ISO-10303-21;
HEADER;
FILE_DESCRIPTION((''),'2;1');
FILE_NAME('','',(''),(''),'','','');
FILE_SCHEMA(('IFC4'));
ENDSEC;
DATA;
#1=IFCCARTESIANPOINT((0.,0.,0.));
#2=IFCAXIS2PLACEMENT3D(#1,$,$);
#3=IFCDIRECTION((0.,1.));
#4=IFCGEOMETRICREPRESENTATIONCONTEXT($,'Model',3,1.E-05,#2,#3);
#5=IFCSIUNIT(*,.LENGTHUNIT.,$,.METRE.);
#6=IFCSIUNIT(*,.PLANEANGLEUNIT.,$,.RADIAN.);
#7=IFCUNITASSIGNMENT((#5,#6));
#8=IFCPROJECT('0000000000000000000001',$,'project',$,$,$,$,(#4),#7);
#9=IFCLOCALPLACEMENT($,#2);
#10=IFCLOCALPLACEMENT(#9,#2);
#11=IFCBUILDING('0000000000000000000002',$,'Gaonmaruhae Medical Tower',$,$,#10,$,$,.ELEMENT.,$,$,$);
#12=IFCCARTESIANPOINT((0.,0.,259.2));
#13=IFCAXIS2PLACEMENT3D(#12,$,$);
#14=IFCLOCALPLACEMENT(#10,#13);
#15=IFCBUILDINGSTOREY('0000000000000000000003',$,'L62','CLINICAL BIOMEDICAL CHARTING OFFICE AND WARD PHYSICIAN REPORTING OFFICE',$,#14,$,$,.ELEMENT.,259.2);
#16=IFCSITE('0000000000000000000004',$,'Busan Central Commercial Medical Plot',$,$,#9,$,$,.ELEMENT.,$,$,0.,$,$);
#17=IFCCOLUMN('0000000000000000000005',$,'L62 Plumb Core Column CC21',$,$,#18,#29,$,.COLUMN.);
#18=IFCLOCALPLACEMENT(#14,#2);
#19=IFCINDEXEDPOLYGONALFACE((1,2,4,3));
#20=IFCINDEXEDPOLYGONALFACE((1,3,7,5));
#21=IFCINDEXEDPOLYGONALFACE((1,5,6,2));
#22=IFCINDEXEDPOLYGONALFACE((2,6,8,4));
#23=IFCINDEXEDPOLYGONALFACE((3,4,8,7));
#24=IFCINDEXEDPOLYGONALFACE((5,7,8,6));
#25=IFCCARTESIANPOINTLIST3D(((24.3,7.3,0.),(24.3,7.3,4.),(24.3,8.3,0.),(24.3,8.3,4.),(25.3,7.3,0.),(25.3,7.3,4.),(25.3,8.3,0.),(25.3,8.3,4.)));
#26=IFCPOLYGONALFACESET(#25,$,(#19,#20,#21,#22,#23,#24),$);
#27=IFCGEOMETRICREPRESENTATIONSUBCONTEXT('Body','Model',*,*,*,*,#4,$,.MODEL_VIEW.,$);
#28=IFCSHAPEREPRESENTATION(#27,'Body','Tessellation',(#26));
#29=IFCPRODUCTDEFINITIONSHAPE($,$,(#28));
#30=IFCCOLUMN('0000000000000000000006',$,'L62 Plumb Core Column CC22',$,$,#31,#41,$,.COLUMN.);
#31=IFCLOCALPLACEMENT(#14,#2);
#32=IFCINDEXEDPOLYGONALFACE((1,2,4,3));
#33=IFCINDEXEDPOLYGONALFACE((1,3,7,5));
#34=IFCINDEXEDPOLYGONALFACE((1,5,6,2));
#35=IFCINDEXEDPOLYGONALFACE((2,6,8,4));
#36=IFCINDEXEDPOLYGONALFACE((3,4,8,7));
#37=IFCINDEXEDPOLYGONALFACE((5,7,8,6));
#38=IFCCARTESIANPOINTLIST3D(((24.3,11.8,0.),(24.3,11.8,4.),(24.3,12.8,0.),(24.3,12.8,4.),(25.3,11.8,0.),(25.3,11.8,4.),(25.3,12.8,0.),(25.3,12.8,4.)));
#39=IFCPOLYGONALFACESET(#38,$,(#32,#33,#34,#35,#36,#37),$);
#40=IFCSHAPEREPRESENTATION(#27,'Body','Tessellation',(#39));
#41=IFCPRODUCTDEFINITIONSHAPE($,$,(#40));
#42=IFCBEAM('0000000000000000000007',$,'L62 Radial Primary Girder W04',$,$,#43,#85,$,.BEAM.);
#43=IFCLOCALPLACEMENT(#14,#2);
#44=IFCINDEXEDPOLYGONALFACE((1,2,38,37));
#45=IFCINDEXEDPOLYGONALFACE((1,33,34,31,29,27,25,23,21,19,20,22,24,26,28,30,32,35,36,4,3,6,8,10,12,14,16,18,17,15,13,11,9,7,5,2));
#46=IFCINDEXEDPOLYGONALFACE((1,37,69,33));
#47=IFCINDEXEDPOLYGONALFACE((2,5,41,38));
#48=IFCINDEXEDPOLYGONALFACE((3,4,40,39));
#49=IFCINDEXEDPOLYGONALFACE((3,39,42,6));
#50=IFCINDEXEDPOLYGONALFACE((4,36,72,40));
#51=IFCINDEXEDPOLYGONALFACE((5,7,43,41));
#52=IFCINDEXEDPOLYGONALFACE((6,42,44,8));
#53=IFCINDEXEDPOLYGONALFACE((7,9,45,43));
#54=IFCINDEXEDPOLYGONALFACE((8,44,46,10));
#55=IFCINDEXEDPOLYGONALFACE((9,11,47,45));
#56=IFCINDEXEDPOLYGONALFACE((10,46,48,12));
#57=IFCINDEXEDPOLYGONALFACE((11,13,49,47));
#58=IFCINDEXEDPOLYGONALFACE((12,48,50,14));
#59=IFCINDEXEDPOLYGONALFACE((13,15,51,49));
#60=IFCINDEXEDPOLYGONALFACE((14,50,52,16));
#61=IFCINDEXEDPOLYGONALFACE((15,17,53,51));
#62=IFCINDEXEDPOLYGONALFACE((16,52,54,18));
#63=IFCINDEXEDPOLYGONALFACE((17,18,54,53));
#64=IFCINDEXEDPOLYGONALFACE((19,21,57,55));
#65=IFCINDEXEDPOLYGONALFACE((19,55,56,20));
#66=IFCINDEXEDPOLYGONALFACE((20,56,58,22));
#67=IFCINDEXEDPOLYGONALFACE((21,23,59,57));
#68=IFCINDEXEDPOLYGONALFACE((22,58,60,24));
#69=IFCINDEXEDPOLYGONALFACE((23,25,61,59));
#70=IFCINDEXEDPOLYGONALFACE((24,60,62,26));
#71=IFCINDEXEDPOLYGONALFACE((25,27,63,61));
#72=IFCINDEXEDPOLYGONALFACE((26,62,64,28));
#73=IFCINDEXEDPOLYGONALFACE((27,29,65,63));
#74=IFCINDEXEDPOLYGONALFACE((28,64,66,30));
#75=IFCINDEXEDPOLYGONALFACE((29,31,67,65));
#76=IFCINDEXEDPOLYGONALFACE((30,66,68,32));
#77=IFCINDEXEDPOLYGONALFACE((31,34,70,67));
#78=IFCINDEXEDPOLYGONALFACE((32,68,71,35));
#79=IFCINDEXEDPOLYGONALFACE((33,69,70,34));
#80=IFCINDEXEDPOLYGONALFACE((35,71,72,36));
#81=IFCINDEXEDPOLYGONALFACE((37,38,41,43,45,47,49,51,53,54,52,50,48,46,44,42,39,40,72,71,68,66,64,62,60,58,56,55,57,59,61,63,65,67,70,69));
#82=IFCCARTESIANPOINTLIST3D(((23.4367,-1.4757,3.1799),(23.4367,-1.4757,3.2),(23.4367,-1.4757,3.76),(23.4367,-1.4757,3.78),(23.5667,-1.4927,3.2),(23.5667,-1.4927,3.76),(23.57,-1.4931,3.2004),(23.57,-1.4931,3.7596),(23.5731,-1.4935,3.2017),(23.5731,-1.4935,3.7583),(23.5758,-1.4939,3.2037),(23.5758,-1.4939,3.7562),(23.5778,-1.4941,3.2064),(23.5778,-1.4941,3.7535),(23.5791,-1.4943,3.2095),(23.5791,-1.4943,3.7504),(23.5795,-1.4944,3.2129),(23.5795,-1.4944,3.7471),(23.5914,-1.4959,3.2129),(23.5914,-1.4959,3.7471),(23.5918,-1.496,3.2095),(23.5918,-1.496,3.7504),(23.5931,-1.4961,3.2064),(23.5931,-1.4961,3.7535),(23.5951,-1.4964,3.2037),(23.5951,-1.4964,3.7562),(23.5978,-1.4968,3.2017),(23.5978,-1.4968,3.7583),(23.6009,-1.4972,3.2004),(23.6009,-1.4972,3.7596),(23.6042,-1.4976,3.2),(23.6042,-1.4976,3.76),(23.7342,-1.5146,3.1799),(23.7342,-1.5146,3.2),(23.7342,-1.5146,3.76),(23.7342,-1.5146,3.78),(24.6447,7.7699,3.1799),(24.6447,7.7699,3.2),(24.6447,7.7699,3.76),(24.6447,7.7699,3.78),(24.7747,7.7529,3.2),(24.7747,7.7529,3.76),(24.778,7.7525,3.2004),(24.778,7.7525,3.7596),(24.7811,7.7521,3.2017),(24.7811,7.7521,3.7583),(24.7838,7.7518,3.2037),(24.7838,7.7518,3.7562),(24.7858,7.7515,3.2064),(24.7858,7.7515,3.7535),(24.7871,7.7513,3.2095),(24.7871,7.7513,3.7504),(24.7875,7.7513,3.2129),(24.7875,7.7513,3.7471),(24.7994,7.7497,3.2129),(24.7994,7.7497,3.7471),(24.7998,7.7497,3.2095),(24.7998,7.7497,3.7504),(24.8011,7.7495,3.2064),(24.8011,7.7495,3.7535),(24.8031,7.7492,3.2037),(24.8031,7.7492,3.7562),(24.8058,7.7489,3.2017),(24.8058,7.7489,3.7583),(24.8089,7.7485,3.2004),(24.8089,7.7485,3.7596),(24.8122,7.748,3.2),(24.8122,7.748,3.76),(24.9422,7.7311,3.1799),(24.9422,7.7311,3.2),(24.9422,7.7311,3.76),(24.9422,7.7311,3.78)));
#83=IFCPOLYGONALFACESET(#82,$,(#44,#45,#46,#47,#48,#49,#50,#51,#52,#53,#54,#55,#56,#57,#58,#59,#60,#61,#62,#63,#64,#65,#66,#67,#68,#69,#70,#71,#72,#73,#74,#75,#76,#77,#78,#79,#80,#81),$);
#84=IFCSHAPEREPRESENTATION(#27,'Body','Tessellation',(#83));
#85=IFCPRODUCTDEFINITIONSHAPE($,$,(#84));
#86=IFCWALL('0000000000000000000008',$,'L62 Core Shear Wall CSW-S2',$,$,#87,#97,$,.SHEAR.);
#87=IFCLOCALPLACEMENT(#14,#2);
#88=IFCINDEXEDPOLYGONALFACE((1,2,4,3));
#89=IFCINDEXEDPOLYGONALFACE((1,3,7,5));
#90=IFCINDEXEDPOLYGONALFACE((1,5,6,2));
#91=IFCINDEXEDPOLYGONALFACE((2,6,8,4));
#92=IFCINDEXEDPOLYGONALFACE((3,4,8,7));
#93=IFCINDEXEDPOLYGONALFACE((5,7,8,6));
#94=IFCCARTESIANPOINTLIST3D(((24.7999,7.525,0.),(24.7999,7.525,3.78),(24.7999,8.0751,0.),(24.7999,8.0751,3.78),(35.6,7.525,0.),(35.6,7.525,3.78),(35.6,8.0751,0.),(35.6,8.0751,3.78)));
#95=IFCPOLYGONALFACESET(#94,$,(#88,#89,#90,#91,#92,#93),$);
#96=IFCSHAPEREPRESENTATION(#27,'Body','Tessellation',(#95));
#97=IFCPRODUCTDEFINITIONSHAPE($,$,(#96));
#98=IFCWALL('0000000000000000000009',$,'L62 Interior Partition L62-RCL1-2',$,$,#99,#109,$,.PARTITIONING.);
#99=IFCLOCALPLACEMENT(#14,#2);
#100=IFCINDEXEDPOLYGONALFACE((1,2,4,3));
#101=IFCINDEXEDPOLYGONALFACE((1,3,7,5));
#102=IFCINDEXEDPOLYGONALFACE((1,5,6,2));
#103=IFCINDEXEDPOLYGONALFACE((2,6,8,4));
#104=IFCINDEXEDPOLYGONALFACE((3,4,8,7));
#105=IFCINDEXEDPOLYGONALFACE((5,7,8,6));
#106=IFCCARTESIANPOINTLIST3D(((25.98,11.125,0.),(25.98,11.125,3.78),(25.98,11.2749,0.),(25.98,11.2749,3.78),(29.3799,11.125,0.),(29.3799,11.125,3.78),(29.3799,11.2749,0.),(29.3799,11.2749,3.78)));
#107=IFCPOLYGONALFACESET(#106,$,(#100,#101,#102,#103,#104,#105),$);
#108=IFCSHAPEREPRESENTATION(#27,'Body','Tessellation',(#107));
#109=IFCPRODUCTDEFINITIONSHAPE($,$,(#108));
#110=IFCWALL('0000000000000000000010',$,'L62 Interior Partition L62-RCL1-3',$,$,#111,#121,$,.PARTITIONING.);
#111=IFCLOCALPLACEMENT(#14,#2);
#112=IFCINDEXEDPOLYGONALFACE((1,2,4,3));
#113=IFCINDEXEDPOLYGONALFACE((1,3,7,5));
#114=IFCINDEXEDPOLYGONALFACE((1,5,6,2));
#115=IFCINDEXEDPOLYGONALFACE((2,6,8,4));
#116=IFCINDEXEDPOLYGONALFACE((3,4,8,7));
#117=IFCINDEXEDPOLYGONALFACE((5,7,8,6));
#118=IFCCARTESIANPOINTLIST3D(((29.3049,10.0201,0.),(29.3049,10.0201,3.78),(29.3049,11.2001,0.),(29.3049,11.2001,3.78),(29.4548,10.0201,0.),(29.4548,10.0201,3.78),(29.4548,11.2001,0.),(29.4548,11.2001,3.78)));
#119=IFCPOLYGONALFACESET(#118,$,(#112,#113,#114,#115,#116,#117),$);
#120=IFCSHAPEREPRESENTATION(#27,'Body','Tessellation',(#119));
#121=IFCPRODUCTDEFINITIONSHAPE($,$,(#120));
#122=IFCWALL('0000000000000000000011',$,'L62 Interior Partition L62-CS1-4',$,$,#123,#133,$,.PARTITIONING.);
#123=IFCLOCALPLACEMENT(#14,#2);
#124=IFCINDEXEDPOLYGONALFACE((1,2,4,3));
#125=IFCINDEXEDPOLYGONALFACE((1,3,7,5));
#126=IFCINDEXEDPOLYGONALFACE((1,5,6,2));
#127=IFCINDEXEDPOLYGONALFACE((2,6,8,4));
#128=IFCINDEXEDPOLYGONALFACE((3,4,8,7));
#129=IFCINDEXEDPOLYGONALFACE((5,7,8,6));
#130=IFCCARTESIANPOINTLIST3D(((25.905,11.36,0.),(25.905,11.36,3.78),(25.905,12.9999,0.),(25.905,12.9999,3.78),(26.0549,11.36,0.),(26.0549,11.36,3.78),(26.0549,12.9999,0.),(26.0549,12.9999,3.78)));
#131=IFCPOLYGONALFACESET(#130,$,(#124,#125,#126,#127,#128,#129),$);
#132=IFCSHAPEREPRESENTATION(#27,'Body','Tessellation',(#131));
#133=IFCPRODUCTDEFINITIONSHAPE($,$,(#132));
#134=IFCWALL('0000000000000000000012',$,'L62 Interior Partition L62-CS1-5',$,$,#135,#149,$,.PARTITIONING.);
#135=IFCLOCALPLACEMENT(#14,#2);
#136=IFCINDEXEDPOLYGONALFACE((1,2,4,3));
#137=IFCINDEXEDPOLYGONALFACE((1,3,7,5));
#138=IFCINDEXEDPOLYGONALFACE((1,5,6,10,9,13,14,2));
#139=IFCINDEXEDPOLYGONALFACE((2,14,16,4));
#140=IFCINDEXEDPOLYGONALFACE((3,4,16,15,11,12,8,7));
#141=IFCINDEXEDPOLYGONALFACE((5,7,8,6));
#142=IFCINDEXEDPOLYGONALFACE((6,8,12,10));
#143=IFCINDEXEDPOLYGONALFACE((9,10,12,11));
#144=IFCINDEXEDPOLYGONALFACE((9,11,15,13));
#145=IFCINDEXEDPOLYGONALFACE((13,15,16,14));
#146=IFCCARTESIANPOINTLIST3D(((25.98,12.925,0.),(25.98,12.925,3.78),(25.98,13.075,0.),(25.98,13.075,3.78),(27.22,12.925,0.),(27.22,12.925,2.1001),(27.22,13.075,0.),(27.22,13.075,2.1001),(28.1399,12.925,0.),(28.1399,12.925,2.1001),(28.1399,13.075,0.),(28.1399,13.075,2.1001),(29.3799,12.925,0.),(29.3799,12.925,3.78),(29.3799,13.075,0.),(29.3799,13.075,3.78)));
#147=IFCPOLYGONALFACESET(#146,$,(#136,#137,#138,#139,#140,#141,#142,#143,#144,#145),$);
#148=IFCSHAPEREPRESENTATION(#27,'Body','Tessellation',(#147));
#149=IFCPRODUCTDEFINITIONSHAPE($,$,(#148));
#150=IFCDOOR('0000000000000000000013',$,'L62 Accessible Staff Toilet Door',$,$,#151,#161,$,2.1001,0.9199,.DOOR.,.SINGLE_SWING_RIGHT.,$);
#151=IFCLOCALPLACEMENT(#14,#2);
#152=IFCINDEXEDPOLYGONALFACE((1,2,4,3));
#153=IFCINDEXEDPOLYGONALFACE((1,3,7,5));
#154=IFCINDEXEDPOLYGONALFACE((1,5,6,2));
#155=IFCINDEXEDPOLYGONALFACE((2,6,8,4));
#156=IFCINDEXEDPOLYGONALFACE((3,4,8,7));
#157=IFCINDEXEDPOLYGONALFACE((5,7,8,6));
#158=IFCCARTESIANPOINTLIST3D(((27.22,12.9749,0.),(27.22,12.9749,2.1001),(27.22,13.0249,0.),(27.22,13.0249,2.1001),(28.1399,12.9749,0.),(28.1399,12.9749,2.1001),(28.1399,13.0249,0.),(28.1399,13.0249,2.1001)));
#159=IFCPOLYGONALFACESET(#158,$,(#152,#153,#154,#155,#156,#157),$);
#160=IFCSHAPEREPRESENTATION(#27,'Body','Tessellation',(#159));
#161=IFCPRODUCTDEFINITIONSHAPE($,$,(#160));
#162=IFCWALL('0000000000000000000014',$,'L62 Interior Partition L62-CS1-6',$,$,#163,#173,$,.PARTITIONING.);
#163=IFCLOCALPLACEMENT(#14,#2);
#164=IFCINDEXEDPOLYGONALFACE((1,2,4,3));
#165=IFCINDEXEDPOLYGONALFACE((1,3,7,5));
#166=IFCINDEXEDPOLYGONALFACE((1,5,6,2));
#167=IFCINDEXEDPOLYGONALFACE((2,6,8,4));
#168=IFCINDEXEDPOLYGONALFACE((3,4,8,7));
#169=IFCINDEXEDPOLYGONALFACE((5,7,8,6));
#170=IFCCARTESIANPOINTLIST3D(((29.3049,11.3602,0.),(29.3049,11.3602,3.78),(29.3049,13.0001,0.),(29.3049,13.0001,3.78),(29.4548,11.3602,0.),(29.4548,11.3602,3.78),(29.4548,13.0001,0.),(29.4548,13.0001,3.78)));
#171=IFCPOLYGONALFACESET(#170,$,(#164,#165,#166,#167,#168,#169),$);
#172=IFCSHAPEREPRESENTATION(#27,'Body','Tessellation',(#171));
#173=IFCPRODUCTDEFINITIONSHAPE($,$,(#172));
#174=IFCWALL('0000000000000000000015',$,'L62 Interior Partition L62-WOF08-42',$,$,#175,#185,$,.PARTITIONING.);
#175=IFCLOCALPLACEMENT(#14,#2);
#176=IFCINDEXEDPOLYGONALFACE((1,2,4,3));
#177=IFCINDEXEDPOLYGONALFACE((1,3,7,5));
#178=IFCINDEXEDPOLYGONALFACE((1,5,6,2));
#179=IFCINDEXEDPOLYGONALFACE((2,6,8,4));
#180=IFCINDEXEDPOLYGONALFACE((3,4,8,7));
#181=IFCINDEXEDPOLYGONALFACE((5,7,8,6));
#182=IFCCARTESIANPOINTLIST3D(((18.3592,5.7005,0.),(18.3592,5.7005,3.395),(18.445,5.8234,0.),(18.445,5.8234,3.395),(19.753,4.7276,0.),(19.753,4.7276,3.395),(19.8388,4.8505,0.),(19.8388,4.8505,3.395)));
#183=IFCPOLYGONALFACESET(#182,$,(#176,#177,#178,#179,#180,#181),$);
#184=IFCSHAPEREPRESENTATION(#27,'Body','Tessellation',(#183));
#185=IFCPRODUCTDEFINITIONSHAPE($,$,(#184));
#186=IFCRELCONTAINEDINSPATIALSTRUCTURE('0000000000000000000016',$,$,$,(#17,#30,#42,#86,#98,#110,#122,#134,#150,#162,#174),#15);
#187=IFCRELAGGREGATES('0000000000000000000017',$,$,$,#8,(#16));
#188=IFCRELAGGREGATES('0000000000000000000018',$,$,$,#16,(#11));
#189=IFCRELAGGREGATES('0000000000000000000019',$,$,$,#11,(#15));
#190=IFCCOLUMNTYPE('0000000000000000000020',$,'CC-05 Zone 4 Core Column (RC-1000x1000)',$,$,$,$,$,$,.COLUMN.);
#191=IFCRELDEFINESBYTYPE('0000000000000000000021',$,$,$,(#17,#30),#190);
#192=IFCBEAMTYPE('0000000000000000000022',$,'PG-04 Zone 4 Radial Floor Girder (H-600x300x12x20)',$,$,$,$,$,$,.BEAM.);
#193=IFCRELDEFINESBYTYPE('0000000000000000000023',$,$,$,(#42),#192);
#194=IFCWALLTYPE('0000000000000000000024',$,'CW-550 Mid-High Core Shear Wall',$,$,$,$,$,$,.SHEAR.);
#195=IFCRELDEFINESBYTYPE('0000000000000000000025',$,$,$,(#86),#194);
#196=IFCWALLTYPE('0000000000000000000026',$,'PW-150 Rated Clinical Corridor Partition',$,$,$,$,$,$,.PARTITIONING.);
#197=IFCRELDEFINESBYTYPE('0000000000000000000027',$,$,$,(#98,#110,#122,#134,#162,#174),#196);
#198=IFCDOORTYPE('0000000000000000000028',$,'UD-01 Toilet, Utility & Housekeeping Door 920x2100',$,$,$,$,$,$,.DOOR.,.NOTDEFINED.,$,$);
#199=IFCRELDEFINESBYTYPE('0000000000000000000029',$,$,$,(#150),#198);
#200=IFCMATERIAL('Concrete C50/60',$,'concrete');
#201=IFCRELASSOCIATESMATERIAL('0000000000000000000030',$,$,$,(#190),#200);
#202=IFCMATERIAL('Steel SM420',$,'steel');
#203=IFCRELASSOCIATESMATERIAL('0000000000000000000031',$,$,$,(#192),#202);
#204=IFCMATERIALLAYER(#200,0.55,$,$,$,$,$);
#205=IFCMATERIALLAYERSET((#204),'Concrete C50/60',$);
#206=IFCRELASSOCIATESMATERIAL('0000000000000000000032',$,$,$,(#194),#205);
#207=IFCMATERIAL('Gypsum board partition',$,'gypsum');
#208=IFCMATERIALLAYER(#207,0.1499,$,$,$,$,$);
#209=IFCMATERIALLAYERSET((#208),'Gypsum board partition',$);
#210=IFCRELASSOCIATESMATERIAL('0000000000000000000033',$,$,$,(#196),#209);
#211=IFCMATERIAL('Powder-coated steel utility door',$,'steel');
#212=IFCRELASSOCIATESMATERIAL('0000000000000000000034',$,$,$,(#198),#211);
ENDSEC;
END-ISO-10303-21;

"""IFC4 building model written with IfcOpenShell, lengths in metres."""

from ifc_helpers import new_model, si_unit, direction, frame, frame_2d, origin, origin_2d, place, context, subcontext, project, spatial, rectangle, i_section, extrude, material, layer, layer_set, material_profile, profile_set, type_object, element, fill, save


model = new_model("IFC4")

# Units and contexts
model_context = context("Model", 3, precision=1e-05, world=origin(), true_north=direction((0.0, 1.0)))
body_context = subcontext(model_context, "Body", "Model", "MODEL_VIEW")
ifc_project = project(units=[si_unit("LENGTHUNIT", "METRE"), si_unit("PLANEANGLEUNIT", "RADIAN")], contexts=[model_context])

# Site, building, storey
site_placement = place(None, origin())
site = spatial("IfcSite", under=ifc_project, at=site_placement, Name="Busan Central Commercial Medical Plot", CompositionType="ELEMENT", RefElevation=0.0)
building_placement = place(site_placement, origin())
building = spatial("IfcBuilding", under=site, at=building_placement, Name="Gaonmaruhae Medical Tower", CompositionType="ELEMENT")
storey_placement = place(building_placement, frame((0.0, 0.0, 259.2)))
storey = spatial("IfcBuildingStorey", under=building, at=storey_placement, Name="L62", Description="CLINICAL BIOMEDICAL CHARTING OFFICE AND WARD PHYSICIAN REPORTING OFFICE", CompositionType="ELEMENT", Elevation=259.2)

# Columns
ifc_material_1 = material(Name="Concrete C50/60", Category="concrete")
ifc_material_profile_1 = material_profile(ifc_material_1, rectangle(XDim=1.0, YDim=1.0, at=origin_2d()), Name="RC-1000x1000")
ifc_profile_set_1 = profile_set([ifc_material_profile_1], Name="Concrete C50/60")
column_type = type_object("IfcColumnType", Name="CC-05 Zone 4 Core Column (RC-1000x1000)", PredefinedType="COLUMN", material=ifc_profile_set_1)
for number, where, z_axis, x_axis, name in (
    (1, (24.8, 7.8, 0.0), (0.0, 0.0, 1.0), (1.0, 0.0, 0.0), "L62 Plumb Core Column CC21"),
    (2, (24.8, 12.3, 0.0), (0.0, 0.0, 1.0), (1.0, 0.0, 0.0), "L62 Plumb Core Column CC22"),
):
    element("IfcColumn", number, at=place(storey_placement, frame(where, z_axis=z_axis, x_axis=x_axis)), inside=storey, type_object=column_type, Name=name, PredefinedType="COLUMN", context=body_context, shape_type="SweptSolid", body=[
        extrude(rectangle(XDim=1.0, YDim=1.0, at=origin_2d()), origin(), (0.0, 0.0, 1.0), 4.0),
    ])

# Beam
ifc_material_2 = material(Name="Steel SM420", Category="steel")
ifc_material_profile_2 = material_profile(ifc_material_2, i_section(OverallWidth=0.3, OverallDepth=0.6001, WebThickness=0.012, FlangeThickness=0.02, FilletRadius=0.0129, at=origin_2d()), Name="H-600x300x12x20")
ifc_profile_set_2 = profile_set([ifc_material_profile_2], Name="Steel SM420")
beam_type = type_object("IfcBeamType", Name="PG-04 Zone 4 Radial Floor Girder (H-600x300x12x20)", PredefinedType="BEAM", material=ifc_profile_set_2)
beam_placement = place(storey_placement, frame((24.7935, 7.7505, 3.48), z_axis=(-0.129556, -0.991572, 0.0), x_axis=(0.991572, -0.129556, 0.0)))
element("IfcBeam", 3, at=beam_placement, inside=storey, type_object=beam_type, Name="L62 Radial Primary Girder W04", PredefinedType="BEAM", context=body_context, shape_type="SweptSolid", body=[
    extrude(i_section(OverallWidth=0.3, OverallDepth=0.6001, WebThickness=0.012, FlangeThickness=0.02, FilletRadius=0.0129, at=origin_2d()), origin(), (0.0, 0.0, 1.0), 9.3242),
])

# Wall
ifc_layer_1 = layer(ifc_material_1, 0.55)
ifc_layer_set_1 = layer_set([ifc_layer_1], Name="Concrete C50/60")
wall_type_1 = type_object("IfcWallType", Name="CW-550 Mid-High Core Shear Wall", PredefinedType="SHEAR", material=ifc_layer_set_1)
wall_1_placement = place(storey_placement, frame((24.8, 7.8, 0.0), z_axis=(0.0, 0.0, 1.0), x_axis=(1.0, 0.0, 0.0)))
element("IfcWall", 4, at=wall_1_placement, inside=storey, type_object=wall_type_1, Name="L62 Core Shear Wall CSW-S2", PredefinedType="SHEAR", context=body_context, shape_type="SweptSolid", body=[
    extrude(rectangle(XDim=10.8, YDim=0.55, at=frame_2d((5.3999, 0.0))), origin(), (0.0, 0.0, 1.0), 3.78),
])

# Shared definitions
ifc_material_3 = material(Name="Gypsum board partition", Category="gypsum")
ifc_layer_2 = layer(ifc_material_3, 0.1499)
ifc_layer_set_2 = layer_set([ifc_layer_2], Name="Gypsum board partition")
wall_type_2 = type_object("IfcWallType", Name="PW-150 Rated Clinical Corridor Partition", PredefinedType="PARTITIONING", material=ifc_layer_set_2)

# Walls
wall_2_placement = place(storey_placement, frame((25.98, 11.2, 0.0), z_axis=(0.0, 0.0, 1.0), x_axis=(1.0, 0.0, 0.0)))
element("IfcWall", 5, at=wall_2_placement, inside=storey, type_object=wall_type_2, Name="L62 Interior Partition L62-RCL1-2", PredefinedType="PARTITIONING", context=body_context, shape_type="SweptSolid", body=[
    extrude(rectangle(XDim=3.3999, YDim=0.1499, at=frame_2d((1.7, 0.0))), origin(), (0.0, 0.0, 1.0), 3.78),
])
wall_3_placement = place(storey_placement, frame((29.3799, 11.2, 0.0), z_axis=(0.0, 0.0, 1.0), x_axis=(0.0, -1.0, 0.0)))
element("IfcWall", 6, at=wall_3_placement, inside=storey, type_object=wall_type_2, Name="L62 Interior Partition L62-RCL1-3", PredefinedType="PARTITIONING", context=body_context, shape_type="SweptSolid", body=[
    extrude(rectangle(XDim=1.1799, YDim=0.1499, at=frame_2d((0.5898, 0.0))), origin(), (0.0, 0.0, 1.0), 3.78),
])
wall_4_placement = place(storey_placement, frame((25.98, 11.3601, 0.0), z_axis=(0.0, 0.0, 1.0), x_axis=(0.0, 1.0, 0.0)))
element("IfcWall", 7, at=wall_4_placement, inside=storey, type_object=wall_type_2, Name="L62 Interior Partition L62-CS1-4", PredefinedType="PARTITIONING", context=body_context, shape_type="SweptSolid", body=[
    extrude(rectangle(XDim=1.6399, YDim=0.1499, at=frame_2d((0.8198, 0.0))), origin(), (0.0, 0.0, 1.0), 3.78),
])

# Wall, opening, door
wall_5_placement = place(storey_placement, frame((25.98, 13.0, 0.0), z_axis=(0.0, 0.0, 1.0), x_axis=(1.0, 0.0, 0.0)))
wall_5 = element("IfcWall", 8, at=wall_5_placement, inside=storey, type_object=wall_type_2, Name="L62 Interior Partition L62-CS1-5", PredefinedType="PARTITIONING", context=body_context, shape_type="SweptSolid", body=[
    extrude(rectangle(XDim=3.3999, YDim=0.1499, at=frame_2d((1.7, 0.0))), origin(), (0.0, 0.0, 1.0), 3.78),
])
opening_1_placement = place(wall_5_placement, frame((1.24, 0.0, 0.0)))
opening_1 = element("IfcOpeningElement", 9, at=opening_1_placement, cuts=wall_5, PredefinedType="OPENING", context=body_context, shape_type="SweptSolid", body=[
    extrude(rectangle(XDim=0.9199, YDim=2.1001, at=frame_2d((0.46, 1.05))), frame((0.0, 0.085, 0.0), z_axis=(0.0, -1.0, 0.0), x_axis=(1.0, 0.0, 0.0)), (0.0, 0.0, 1.0), 0.1699),
])
ifc_material_4 = material(Name="Powder-coated steel utility door", Category="steel")
door_type_1 = type_object("IfcDoorType", Name="UD-01 Toilet, Utility & Housekeeping Door 920x2100", OperationType="NOTDEFINED", PredefinedType="DOOR", material=ifc_material_4)
door_1_placement = place(opening_1_placement, origin())
door_1 = element("IfcDoor", 10, at=door_1_placement, inside=storey, type_object=door_type_1, Name="L62 Accessible Staff Toilet Door", OperationType="SINGLE_SWING_RIGHT", OverallHeight=2.1001, OverallWidth=0.9199, PredefinedType="DOOR", context=body_context, shape_type="SweptSolid", body=[
    extrude(rectangle(XDim=0.9199, YDim=2.1001, at=frame_2d((0.46, 1.05))), frame((0.0, 0.0249, 0.0), z_axis=(0.0, -1.0, 0.0), x_axis=(1.0, 0.0, 0.0)), (0.0, 0.0, 1.0), 0.05),
])
fill(opening_1, door_1)

# Walls
wall_6_placement = place(storey_placement, frame((29.3799, 13.0, 0.0), z_axis=(0.0, 0.0, 1.0), x_axis=(0.0, -1.0, 0.0)))
element("IfcWall", 11, at=wall_6_placement, inside=storey, type_object=wall_type_2, Name="L62 Interior Partition L62-CS1-6", PredefinedType="PARTITIONING", context=body_context, shape_type="SweptSolid", body=[
    extrude(rectangle(XDim=1.6399, YDim=0.1499, at=frame_2d((0.8198, 0.0))), origin(), (0.0, 0.0, 1.0), 3.78),
])
wall_7_placement = place(storey_placement, frame((19.7959, 4.7891, 0.0), z_axis=(0.0, 0.0, 1.0), x_axis=(-0.819994, 0.572373, 0.0)))
element("IfcWall", 12, at=wall_7_placement, inside=storey, type_object=wall_type_2, Name="L62 Interior Partition L62-WOF08-42", PredefinedType="PARTITIONING", context=body_context, shape_type="SweptSolid", body=[
    extrude(rectangle(XDim=1.6997, YDim=0.1499, at=frame_2d((0.8499, 0.0))), origin(), (0.0, 0.0, 1.0), 3.395),
])

save(model, "model.ifc")
